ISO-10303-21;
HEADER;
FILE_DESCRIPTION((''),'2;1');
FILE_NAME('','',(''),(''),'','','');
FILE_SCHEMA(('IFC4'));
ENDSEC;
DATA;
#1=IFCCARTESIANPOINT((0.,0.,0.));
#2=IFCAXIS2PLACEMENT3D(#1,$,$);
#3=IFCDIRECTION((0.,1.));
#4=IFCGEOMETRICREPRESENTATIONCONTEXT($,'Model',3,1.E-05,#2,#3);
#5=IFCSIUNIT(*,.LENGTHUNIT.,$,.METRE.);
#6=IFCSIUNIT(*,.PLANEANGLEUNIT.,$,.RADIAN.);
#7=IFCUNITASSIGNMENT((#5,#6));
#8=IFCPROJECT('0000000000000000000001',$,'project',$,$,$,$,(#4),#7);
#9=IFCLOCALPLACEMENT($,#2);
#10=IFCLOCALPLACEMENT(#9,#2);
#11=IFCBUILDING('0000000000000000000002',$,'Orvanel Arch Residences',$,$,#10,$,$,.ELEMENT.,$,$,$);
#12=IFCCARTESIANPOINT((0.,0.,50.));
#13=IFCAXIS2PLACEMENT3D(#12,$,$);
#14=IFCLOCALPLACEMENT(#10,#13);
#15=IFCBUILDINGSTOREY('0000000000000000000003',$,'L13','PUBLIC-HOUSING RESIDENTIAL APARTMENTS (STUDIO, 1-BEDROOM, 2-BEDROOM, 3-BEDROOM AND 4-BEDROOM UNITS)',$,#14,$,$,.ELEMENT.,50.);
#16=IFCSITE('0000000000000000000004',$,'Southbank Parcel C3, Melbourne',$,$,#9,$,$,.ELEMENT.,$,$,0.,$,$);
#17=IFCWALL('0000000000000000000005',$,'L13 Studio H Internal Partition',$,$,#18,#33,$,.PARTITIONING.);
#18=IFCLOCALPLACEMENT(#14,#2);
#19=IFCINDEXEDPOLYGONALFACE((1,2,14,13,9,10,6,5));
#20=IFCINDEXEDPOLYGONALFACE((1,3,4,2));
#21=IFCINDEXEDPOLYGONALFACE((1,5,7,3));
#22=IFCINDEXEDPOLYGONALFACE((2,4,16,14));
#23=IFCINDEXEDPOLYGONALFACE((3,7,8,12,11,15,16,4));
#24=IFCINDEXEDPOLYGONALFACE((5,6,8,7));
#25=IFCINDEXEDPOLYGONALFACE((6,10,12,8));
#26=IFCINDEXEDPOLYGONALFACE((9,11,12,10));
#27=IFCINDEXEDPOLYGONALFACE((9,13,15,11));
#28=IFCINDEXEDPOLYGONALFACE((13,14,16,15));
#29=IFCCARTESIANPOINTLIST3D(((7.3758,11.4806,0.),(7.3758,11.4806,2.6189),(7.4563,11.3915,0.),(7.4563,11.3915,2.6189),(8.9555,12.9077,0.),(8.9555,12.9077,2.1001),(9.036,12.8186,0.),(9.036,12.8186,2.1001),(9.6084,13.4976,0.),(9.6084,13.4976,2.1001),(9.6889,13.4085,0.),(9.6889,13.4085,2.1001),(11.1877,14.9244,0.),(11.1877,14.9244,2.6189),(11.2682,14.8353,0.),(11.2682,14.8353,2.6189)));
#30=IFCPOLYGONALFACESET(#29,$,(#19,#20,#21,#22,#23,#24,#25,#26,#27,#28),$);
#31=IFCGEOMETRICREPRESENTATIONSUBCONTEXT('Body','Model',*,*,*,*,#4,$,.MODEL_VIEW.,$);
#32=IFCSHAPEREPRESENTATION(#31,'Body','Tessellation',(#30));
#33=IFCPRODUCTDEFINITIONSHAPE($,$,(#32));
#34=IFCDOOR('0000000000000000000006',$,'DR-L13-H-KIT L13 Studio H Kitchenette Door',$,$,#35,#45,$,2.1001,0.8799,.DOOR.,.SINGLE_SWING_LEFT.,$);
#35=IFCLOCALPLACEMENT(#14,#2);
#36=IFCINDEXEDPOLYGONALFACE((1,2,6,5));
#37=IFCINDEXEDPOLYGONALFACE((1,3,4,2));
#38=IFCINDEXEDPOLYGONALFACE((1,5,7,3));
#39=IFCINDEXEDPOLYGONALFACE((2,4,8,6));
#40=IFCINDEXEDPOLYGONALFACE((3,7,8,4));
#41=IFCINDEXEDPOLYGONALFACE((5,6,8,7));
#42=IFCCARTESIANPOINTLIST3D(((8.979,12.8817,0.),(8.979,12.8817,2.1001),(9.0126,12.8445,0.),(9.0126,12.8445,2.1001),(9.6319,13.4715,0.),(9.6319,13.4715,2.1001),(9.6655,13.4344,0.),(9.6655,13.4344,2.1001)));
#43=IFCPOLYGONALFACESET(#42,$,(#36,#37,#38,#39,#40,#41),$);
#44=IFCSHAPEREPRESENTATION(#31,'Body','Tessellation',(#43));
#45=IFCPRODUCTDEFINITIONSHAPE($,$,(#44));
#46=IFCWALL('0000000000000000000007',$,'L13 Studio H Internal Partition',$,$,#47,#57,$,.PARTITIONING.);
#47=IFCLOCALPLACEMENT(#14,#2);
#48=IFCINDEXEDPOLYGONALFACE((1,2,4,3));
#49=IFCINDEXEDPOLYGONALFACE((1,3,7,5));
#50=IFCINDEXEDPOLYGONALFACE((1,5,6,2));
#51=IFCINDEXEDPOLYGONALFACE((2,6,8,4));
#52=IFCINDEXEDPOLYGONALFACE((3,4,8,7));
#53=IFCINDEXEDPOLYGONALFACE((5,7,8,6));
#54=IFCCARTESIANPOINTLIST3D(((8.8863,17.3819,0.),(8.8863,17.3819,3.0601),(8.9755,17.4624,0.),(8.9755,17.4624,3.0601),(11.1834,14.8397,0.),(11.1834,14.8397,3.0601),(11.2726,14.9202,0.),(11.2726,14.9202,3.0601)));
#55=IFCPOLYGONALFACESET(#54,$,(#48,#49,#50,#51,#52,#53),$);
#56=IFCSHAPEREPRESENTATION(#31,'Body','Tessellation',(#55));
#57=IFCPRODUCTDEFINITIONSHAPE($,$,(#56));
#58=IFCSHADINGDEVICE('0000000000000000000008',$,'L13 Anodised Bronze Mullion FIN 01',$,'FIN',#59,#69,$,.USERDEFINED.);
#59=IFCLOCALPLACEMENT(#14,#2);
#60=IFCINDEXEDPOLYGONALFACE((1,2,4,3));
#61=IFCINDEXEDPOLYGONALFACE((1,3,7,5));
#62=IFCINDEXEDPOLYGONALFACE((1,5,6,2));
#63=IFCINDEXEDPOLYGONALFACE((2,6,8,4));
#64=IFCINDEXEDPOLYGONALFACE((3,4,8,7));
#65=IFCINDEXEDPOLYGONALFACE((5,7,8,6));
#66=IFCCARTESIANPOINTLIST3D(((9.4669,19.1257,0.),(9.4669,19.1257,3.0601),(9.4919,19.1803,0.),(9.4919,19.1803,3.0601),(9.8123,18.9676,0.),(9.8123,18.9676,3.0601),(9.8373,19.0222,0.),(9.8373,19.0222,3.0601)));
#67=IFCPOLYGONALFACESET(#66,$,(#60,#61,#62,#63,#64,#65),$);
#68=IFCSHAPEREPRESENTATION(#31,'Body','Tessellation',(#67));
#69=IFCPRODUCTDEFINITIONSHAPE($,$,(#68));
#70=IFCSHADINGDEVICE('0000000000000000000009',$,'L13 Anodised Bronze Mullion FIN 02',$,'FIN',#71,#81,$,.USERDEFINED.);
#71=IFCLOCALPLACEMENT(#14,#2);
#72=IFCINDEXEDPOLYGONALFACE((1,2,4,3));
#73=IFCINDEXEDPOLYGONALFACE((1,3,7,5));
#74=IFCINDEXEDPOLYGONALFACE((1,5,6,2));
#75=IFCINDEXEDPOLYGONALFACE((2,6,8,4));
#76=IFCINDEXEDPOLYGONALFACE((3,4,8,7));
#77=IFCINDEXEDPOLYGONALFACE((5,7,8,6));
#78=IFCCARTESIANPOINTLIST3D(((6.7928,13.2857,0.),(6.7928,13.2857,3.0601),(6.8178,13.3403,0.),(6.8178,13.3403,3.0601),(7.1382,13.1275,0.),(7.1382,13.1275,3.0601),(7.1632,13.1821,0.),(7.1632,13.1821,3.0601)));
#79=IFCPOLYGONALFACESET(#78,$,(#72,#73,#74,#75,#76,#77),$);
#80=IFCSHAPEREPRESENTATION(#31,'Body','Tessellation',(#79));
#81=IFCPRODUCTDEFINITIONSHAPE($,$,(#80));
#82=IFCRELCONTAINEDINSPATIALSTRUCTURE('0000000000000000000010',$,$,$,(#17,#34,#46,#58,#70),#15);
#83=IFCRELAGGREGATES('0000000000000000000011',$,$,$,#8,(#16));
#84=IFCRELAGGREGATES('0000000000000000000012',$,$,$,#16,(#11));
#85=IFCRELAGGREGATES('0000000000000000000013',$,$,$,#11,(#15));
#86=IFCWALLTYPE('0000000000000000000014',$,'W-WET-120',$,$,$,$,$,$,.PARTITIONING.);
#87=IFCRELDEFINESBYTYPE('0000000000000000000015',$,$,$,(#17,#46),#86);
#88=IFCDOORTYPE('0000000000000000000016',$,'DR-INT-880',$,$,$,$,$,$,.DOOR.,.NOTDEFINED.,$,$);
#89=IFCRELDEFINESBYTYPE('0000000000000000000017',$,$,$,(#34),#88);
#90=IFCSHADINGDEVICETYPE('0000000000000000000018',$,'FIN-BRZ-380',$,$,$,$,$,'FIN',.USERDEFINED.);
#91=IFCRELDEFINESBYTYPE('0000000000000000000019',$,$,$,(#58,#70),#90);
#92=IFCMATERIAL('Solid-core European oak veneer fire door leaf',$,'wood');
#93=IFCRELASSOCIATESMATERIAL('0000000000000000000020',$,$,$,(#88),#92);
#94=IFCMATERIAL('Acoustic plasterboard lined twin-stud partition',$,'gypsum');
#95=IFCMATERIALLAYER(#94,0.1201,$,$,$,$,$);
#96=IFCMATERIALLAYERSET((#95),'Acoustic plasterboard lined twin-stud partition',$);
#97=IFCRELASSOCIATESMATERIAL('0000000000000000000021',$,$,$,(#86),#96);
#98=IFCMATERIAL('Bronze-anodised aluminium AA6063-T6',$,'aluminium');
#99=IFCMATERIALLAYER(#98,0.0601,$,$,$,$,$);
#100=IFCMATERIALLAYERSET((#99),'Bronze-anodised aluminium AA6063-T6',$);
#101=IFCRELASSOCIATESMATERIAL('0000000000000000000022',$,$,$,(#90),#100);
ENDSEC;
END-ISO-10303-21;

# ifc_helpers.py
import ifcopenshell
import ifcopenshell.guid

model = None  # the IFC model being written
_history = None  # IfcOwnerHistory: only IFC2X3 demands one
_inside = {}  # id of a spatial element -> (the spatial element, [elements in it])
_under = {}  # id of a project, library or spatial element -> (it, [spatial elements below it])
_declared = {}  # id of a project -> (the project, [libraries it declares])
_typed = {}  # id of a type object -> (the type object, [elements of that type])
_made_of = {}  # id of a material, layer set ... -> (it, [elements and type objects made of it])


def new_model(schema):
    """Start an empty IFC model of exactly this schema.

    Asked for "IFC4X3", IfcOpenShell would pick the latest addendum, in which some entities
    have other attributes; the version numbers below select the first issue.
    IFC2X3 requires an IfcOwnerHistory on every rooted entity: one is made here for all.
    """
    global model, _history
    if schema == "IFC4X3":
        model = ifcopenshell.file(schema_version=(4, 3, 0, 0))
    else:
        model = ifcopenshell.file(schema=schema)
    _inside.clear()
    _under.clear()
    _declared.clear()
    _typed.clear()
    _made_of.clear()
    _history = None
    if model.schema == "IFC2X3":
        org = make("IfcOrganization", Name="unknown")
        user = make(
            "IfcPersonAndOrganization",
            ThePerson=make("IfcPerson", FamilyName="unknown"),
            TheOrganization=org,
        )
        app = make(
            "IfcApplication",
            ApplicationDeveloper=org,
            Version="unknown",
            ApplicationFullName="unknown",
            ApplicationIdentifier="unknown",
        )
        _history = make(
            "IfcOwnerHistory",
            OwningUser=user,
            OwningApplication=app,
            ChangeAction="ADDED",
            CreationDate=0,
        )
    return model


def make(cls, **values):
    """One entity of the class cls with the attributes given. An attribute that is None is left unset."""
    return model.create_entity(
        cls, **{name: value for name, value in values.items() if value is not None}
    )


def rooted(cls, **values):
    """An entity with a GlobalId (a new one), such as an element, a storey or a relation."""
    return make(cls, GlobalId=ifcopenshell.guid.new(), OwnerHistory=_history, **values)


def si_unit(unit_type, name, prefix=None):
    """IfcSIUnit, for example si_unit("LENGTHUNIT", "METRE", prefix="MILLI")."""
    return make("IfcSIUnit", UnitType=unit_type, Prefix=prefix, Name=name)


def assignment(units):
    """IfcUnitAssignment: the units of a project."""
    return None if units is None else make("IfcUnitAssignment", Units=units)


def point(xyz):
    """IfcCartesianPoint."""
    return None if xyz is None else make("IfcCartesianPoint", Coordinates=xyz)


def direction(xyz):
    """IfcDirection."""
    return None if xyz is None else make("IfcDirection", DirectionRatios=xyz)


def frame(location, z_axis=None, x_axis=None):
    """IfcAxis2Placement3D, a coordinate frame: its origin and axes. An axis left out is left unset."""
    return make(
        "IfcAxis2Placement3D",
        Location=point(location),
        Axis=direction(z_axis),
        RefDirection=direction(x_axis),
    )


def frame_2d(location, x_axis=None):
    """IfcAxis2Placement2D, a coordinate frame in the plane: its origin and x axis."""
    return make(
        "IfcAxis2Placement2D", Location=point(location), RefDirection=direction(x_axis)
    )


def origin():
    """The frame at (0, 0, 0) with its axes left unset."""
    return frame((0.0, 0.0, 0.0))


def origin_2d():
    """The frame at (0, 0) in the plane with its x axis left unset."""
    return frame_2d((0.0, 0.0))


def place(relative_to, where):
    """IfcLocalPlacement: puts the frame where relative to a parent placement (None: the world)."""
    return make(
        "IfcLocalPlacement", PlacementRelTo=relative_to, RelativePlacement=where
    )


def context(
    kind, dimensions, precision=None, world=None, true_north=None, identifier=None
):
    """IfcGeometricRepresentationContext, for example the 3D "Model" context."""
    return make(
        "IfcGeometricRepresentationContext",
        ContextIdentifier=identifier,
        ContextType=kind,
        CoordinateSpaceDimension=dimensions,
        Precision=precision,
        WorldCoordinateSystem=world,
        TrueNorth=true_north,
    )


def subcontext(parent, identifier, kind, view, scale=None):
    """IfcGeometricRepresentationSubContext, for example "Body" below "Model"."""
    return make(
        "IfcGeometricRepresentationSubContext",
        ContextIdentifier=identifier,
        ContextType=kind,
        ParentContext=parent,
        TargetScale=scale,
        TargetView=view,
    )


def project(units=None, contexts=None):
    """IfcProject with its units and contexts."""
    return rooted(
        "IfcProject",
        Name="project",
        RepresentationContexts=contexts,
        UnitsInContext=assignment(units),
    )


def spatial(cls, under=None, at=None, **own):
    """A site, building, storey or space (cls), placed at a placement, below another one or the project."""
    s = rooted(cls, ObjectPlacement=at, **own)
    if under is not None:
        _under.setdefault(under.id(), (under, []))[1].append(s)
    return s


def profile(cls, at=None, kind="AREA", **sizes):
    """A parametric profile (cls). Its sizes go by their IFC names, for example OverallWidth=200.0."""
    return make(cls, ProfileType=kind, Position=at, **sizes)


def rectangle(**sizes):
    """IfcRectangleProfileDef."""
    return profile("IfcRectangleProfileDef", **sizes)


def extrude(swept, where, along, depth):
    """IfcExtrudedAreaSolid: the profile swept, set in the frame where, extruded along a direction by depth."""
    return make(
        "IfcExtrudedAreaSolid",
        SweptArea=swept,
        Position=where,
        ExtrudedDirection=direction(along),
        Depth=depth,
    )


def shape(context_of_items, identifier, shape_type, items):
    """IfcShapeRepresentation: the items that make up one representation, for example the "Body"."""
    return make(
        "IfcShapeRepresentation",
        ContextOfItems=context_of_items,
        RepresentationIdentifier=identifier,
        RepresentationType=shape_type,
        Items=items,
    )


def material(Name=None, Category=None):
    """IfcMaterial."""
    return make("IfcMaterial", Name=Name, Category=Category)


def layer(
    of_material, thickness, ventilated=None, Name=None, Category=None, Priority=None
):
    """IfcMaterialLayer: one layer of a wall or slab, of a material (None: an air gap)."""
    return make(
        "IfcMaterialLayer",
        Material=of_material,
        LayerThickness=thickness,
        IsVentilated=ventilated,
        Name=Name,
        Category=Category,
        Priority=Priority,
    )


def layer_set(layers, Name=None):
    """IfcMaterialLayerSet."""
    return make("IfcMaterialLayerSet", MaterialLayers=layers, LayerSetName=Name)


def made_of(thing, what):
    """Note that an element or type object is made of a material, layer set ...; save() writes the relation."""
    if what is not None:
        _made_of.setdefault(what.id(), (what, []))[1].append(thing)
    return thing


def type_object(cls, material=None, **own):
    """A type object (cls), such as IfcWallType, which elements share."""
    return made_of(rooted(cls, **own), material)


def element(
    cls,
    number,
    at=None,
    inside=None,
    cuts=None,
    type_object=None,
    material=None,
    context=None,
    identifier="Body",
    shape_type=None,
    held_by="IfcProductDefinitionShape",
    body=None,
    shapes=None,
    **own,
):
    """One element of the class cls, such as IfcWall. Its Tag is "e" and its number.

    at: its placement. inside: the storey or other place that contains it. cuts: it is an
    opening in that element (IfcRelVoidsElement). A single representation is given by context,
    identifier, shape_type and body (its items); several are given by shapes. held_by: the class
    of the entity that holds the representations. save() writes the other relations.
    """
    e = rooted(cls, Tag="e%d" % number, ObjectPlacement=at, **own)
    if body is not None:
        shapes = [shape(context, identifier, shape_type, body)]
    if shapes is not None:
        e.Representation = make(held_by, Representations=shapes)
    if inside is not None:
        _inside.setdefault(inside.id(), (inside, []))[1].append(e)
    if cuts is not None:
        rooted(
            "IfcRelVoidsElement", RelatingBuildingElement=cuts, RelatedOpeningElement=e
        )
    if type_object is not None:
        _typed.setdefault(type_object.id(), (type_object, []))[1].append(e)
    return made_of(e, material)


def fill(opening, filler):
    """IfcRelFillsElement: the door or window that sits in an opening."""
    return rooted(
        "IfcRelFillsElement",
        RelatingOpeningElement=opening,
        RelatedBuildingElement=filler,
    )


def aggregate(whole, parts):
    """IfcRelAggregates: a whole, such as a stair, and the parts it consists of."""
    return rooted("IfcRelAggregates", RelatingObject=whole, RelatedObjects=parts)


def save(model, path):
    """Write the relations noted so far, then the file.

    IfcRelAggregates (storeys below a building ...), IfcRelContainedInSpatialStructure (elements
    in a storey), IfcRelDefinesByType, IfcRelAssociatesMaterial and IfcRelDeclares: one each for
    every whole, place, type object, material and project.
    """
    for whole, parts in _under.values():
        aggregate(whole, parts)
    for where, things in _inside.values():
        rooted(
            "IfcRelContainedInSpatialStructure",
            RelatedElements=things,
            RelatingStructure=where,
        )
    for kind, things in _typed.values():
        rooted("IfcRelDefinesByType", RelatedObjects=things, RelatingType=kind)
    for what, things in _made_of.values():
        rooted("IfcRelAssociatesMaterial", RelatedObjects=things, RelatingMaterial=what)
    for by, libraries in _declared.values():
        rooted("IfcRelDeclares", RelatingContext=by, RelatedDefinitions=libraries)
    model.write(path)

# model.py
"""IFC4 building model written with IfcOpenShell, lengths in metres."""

from ifc_helpers import new_model, si_unit, direction, frame, frame_2d, origin, origin_2d, place, context, subcontext, project, spatial, rectangle, extrude, material, layer, layer_set, type_object, element, fill, save


model = new_model("IFC4")

# Units and contexts
model_context = context("Model", 3, precision=1e-05, world=origin(), true_north=direction((0.0, 1.0)))
body_context = subcontext(model_context, "Body", "Model", "MODEL_VIEW")
ifc_project = project(units=[si_unit("LENGTHUNIT", "METRE"), si_unit("PLANEANGLEUNIT", "RADIAN")], contexts=[model_context])

# Site, building, storey
site_placement = place(None, origin())
site = spatial("IfcSite", under=ifc_project, at=site_placement, Name="Southbank Parcel C3, Melbourne", CompositionType="ELEMENT", RefElevation=0.0)
building_placement = place(site_placement, origin())
building = spatial("IfcBuilding", under=site, at=building_placement, Name="Orvanel Arch Residences", CompositionType="ELEMENT")
storey_placement = place(building_placement, frame((0.0, 0.0, 50.0)))
storey = spatial("IfcBuildingStorey", under=building, at=storey_placement, Name="L13", Description="PUBLIC-HOUSING RESIDENTIAL APARTMENTS (STUDIO, 1-BEDROOM, 2-BEDROOM, 3-BEDROOM AND 4-BEDROOM UNITS)", CompositionType="ELEMENT", Elevation=50.0)

# Shared definitions
ifc_material_1 = material(Name="Bronze-anodised aluminium AA6063-T6", Category="aluminium")

# Shared definitions
ifc_material_2 = material(Name="Acoustic plasterboard lined twin-stud partition", Category="gypsum")
ifc_material_3 = material(Name="Solid-core European oak veneer fire door leaf", Category="wood")
door_type = type_object("IfcDoorType", Name="DR-INT-880", OperationType="NOTDEFINED", PredefinedType="DOOR", material=ifc_material_3)
ifc_layer_1 = layer(ifc_material_2, 0.1201)
ifc_layer_set_1 = layer_set([ifc_layer_1], Name="Acoustic plasterboard lined twin-stud partition")
wall_type_1 = type_object("IfcWallType", Name="W-WET-120", PredefinedType="PARTITIONING", material=ifc_layer_set_1)

# Wall, opening, door
wall_1_placement = place(storey_placement, frame((7.416, 11.436, 0.0), z_axis=(0.0, 0.0, 1.0), x_axis=(0.742031, 0.670366, 0.0)))
wall_1 = element("IfcWall", 1, at=wall_1_placement, inside=storey, type_object=wall_type_1, Name="L13 Studio H Internal Partition", PredefinedType="PARTITIONING", context=body_context, shape_type="SweptSolid", body=[
    extrude(rectangle(XDim=5.1372, YDim=0.1201, at=frame_2d((2.5686, 0.0))), origin(), (0.0, 0.0, 1.0), 2.6189),
])
opening_1_placement = place(wall_1_placement, frame((2.1289, 0.0, 0.0)))
opening_1 = element("IfcOpeningElement", 2, at=opening_1_placement, cuts=wall_1, PredefinedType="OPENING", context=body_context, shape_type="SweptSolid", body=[
    extrude(rectangle(XDim=0.8799, YDim=2.1001, at=frame_2d((0.4399, 1.05))), frame((0.0, 0.0701, 0.0), z_axis=(0.0, -1.0, 0.0), x_axis=(1.0, 0.0, 0.0)), (0.0, 0.0, 1.0), 0.1401),
])
door_1_placement = place(opening_1_placement, origin())
door_1 = element("IfcDoor", 3, at=door_1_placement, inside=storey, type_object=door_type, Name="DR-L13-H-KIT L13 Studio H Kitchenette Door", OperationType="SINGLE_SWING_LEFT", OverallHeight=2.1001, OverallWidth=0.8799, PredefinedType="DOOR", context=body_context, shape_type="SweptSolid", body=[
    extrude(rectangle(XDim=0.8799, YDim=2.1001, at=frame_2d((0.4399, 1.05))), frame((0.0, 0.0249, 0.0), z_axis=(0.0, -1.0, 0.0), x_axis=(1.0, 0.0, 0.0)), (0.0, 0.0, 1.0), 0.05),
])
fill(opening_1, door_1)

# Wall
wall_2_placement = place(storey_placement, frame((8.9309, 17.4221, 0.0), z_axis=(0.0, 0.0, 1.0), x_axis=(0.670432, -0.741971, 0.0)))
element("IfcWall", 4, at=wall_2_placement, inside=storey, type_object=wall_type_1, Name="L13 Studio H Internal Partition", PredefinedType="PARTITIONING", context=body_context, shape_type="SweptSolid", body=[
    extrude(rectangle(XDim=3.4263, YDim=0.1201, at=frame_2d((1.7131, 0.0))), origin(), (0.0, 0.0, 1.0), 3.0601),
])

# Shading devices
ifc_layer_2 = layer(ifc_material_1, 0.0601)
ifc_layer_set_2 = layer_set([ifc_layer_2], Name="Bronze-anodised aluminium AA6063-T6")
shading_device_type = type_object("IfcShadingDeviceType", Name="FIN-BRZ-380", ElementType="FIN", PredefinedType="USERDEFINED", material=ifc_layer_set_2)
for number, where, z_axis, x_axis, name in (
    (5, (9.6521, 19.074, 0.0), (0.0, 0.0, 1.0), (-0.909236, 0.416281, 0.0), "L13 Anodised Bronze Mullion FIN 01"),
    (6, (6.978, 13.2339, 0.0), (0.0, 0.0, 1.0), (-0.909236, 0.416281, 0.0), "L13 Anodised Bronze Mullion FIN 02"),
):
    element("IfcShadingDevice", number, at=place(storey_placement, frame(where, z_axis=z_axis, x_axis=x_axis)), inside=storey, type_object=shading_device_type, Name=name, ObjectType="FIN", PredefinedType="USERDEFINED", context=body_context, shape_type="SweptSolid", body=[
        extrude(rectangle(XDim=0.3799, YDim=0.0601, at=origin_2d()), origin(), (0.0, 0.0, 1.0), 3.0601),
    ])

save(model, "model.ifc")
